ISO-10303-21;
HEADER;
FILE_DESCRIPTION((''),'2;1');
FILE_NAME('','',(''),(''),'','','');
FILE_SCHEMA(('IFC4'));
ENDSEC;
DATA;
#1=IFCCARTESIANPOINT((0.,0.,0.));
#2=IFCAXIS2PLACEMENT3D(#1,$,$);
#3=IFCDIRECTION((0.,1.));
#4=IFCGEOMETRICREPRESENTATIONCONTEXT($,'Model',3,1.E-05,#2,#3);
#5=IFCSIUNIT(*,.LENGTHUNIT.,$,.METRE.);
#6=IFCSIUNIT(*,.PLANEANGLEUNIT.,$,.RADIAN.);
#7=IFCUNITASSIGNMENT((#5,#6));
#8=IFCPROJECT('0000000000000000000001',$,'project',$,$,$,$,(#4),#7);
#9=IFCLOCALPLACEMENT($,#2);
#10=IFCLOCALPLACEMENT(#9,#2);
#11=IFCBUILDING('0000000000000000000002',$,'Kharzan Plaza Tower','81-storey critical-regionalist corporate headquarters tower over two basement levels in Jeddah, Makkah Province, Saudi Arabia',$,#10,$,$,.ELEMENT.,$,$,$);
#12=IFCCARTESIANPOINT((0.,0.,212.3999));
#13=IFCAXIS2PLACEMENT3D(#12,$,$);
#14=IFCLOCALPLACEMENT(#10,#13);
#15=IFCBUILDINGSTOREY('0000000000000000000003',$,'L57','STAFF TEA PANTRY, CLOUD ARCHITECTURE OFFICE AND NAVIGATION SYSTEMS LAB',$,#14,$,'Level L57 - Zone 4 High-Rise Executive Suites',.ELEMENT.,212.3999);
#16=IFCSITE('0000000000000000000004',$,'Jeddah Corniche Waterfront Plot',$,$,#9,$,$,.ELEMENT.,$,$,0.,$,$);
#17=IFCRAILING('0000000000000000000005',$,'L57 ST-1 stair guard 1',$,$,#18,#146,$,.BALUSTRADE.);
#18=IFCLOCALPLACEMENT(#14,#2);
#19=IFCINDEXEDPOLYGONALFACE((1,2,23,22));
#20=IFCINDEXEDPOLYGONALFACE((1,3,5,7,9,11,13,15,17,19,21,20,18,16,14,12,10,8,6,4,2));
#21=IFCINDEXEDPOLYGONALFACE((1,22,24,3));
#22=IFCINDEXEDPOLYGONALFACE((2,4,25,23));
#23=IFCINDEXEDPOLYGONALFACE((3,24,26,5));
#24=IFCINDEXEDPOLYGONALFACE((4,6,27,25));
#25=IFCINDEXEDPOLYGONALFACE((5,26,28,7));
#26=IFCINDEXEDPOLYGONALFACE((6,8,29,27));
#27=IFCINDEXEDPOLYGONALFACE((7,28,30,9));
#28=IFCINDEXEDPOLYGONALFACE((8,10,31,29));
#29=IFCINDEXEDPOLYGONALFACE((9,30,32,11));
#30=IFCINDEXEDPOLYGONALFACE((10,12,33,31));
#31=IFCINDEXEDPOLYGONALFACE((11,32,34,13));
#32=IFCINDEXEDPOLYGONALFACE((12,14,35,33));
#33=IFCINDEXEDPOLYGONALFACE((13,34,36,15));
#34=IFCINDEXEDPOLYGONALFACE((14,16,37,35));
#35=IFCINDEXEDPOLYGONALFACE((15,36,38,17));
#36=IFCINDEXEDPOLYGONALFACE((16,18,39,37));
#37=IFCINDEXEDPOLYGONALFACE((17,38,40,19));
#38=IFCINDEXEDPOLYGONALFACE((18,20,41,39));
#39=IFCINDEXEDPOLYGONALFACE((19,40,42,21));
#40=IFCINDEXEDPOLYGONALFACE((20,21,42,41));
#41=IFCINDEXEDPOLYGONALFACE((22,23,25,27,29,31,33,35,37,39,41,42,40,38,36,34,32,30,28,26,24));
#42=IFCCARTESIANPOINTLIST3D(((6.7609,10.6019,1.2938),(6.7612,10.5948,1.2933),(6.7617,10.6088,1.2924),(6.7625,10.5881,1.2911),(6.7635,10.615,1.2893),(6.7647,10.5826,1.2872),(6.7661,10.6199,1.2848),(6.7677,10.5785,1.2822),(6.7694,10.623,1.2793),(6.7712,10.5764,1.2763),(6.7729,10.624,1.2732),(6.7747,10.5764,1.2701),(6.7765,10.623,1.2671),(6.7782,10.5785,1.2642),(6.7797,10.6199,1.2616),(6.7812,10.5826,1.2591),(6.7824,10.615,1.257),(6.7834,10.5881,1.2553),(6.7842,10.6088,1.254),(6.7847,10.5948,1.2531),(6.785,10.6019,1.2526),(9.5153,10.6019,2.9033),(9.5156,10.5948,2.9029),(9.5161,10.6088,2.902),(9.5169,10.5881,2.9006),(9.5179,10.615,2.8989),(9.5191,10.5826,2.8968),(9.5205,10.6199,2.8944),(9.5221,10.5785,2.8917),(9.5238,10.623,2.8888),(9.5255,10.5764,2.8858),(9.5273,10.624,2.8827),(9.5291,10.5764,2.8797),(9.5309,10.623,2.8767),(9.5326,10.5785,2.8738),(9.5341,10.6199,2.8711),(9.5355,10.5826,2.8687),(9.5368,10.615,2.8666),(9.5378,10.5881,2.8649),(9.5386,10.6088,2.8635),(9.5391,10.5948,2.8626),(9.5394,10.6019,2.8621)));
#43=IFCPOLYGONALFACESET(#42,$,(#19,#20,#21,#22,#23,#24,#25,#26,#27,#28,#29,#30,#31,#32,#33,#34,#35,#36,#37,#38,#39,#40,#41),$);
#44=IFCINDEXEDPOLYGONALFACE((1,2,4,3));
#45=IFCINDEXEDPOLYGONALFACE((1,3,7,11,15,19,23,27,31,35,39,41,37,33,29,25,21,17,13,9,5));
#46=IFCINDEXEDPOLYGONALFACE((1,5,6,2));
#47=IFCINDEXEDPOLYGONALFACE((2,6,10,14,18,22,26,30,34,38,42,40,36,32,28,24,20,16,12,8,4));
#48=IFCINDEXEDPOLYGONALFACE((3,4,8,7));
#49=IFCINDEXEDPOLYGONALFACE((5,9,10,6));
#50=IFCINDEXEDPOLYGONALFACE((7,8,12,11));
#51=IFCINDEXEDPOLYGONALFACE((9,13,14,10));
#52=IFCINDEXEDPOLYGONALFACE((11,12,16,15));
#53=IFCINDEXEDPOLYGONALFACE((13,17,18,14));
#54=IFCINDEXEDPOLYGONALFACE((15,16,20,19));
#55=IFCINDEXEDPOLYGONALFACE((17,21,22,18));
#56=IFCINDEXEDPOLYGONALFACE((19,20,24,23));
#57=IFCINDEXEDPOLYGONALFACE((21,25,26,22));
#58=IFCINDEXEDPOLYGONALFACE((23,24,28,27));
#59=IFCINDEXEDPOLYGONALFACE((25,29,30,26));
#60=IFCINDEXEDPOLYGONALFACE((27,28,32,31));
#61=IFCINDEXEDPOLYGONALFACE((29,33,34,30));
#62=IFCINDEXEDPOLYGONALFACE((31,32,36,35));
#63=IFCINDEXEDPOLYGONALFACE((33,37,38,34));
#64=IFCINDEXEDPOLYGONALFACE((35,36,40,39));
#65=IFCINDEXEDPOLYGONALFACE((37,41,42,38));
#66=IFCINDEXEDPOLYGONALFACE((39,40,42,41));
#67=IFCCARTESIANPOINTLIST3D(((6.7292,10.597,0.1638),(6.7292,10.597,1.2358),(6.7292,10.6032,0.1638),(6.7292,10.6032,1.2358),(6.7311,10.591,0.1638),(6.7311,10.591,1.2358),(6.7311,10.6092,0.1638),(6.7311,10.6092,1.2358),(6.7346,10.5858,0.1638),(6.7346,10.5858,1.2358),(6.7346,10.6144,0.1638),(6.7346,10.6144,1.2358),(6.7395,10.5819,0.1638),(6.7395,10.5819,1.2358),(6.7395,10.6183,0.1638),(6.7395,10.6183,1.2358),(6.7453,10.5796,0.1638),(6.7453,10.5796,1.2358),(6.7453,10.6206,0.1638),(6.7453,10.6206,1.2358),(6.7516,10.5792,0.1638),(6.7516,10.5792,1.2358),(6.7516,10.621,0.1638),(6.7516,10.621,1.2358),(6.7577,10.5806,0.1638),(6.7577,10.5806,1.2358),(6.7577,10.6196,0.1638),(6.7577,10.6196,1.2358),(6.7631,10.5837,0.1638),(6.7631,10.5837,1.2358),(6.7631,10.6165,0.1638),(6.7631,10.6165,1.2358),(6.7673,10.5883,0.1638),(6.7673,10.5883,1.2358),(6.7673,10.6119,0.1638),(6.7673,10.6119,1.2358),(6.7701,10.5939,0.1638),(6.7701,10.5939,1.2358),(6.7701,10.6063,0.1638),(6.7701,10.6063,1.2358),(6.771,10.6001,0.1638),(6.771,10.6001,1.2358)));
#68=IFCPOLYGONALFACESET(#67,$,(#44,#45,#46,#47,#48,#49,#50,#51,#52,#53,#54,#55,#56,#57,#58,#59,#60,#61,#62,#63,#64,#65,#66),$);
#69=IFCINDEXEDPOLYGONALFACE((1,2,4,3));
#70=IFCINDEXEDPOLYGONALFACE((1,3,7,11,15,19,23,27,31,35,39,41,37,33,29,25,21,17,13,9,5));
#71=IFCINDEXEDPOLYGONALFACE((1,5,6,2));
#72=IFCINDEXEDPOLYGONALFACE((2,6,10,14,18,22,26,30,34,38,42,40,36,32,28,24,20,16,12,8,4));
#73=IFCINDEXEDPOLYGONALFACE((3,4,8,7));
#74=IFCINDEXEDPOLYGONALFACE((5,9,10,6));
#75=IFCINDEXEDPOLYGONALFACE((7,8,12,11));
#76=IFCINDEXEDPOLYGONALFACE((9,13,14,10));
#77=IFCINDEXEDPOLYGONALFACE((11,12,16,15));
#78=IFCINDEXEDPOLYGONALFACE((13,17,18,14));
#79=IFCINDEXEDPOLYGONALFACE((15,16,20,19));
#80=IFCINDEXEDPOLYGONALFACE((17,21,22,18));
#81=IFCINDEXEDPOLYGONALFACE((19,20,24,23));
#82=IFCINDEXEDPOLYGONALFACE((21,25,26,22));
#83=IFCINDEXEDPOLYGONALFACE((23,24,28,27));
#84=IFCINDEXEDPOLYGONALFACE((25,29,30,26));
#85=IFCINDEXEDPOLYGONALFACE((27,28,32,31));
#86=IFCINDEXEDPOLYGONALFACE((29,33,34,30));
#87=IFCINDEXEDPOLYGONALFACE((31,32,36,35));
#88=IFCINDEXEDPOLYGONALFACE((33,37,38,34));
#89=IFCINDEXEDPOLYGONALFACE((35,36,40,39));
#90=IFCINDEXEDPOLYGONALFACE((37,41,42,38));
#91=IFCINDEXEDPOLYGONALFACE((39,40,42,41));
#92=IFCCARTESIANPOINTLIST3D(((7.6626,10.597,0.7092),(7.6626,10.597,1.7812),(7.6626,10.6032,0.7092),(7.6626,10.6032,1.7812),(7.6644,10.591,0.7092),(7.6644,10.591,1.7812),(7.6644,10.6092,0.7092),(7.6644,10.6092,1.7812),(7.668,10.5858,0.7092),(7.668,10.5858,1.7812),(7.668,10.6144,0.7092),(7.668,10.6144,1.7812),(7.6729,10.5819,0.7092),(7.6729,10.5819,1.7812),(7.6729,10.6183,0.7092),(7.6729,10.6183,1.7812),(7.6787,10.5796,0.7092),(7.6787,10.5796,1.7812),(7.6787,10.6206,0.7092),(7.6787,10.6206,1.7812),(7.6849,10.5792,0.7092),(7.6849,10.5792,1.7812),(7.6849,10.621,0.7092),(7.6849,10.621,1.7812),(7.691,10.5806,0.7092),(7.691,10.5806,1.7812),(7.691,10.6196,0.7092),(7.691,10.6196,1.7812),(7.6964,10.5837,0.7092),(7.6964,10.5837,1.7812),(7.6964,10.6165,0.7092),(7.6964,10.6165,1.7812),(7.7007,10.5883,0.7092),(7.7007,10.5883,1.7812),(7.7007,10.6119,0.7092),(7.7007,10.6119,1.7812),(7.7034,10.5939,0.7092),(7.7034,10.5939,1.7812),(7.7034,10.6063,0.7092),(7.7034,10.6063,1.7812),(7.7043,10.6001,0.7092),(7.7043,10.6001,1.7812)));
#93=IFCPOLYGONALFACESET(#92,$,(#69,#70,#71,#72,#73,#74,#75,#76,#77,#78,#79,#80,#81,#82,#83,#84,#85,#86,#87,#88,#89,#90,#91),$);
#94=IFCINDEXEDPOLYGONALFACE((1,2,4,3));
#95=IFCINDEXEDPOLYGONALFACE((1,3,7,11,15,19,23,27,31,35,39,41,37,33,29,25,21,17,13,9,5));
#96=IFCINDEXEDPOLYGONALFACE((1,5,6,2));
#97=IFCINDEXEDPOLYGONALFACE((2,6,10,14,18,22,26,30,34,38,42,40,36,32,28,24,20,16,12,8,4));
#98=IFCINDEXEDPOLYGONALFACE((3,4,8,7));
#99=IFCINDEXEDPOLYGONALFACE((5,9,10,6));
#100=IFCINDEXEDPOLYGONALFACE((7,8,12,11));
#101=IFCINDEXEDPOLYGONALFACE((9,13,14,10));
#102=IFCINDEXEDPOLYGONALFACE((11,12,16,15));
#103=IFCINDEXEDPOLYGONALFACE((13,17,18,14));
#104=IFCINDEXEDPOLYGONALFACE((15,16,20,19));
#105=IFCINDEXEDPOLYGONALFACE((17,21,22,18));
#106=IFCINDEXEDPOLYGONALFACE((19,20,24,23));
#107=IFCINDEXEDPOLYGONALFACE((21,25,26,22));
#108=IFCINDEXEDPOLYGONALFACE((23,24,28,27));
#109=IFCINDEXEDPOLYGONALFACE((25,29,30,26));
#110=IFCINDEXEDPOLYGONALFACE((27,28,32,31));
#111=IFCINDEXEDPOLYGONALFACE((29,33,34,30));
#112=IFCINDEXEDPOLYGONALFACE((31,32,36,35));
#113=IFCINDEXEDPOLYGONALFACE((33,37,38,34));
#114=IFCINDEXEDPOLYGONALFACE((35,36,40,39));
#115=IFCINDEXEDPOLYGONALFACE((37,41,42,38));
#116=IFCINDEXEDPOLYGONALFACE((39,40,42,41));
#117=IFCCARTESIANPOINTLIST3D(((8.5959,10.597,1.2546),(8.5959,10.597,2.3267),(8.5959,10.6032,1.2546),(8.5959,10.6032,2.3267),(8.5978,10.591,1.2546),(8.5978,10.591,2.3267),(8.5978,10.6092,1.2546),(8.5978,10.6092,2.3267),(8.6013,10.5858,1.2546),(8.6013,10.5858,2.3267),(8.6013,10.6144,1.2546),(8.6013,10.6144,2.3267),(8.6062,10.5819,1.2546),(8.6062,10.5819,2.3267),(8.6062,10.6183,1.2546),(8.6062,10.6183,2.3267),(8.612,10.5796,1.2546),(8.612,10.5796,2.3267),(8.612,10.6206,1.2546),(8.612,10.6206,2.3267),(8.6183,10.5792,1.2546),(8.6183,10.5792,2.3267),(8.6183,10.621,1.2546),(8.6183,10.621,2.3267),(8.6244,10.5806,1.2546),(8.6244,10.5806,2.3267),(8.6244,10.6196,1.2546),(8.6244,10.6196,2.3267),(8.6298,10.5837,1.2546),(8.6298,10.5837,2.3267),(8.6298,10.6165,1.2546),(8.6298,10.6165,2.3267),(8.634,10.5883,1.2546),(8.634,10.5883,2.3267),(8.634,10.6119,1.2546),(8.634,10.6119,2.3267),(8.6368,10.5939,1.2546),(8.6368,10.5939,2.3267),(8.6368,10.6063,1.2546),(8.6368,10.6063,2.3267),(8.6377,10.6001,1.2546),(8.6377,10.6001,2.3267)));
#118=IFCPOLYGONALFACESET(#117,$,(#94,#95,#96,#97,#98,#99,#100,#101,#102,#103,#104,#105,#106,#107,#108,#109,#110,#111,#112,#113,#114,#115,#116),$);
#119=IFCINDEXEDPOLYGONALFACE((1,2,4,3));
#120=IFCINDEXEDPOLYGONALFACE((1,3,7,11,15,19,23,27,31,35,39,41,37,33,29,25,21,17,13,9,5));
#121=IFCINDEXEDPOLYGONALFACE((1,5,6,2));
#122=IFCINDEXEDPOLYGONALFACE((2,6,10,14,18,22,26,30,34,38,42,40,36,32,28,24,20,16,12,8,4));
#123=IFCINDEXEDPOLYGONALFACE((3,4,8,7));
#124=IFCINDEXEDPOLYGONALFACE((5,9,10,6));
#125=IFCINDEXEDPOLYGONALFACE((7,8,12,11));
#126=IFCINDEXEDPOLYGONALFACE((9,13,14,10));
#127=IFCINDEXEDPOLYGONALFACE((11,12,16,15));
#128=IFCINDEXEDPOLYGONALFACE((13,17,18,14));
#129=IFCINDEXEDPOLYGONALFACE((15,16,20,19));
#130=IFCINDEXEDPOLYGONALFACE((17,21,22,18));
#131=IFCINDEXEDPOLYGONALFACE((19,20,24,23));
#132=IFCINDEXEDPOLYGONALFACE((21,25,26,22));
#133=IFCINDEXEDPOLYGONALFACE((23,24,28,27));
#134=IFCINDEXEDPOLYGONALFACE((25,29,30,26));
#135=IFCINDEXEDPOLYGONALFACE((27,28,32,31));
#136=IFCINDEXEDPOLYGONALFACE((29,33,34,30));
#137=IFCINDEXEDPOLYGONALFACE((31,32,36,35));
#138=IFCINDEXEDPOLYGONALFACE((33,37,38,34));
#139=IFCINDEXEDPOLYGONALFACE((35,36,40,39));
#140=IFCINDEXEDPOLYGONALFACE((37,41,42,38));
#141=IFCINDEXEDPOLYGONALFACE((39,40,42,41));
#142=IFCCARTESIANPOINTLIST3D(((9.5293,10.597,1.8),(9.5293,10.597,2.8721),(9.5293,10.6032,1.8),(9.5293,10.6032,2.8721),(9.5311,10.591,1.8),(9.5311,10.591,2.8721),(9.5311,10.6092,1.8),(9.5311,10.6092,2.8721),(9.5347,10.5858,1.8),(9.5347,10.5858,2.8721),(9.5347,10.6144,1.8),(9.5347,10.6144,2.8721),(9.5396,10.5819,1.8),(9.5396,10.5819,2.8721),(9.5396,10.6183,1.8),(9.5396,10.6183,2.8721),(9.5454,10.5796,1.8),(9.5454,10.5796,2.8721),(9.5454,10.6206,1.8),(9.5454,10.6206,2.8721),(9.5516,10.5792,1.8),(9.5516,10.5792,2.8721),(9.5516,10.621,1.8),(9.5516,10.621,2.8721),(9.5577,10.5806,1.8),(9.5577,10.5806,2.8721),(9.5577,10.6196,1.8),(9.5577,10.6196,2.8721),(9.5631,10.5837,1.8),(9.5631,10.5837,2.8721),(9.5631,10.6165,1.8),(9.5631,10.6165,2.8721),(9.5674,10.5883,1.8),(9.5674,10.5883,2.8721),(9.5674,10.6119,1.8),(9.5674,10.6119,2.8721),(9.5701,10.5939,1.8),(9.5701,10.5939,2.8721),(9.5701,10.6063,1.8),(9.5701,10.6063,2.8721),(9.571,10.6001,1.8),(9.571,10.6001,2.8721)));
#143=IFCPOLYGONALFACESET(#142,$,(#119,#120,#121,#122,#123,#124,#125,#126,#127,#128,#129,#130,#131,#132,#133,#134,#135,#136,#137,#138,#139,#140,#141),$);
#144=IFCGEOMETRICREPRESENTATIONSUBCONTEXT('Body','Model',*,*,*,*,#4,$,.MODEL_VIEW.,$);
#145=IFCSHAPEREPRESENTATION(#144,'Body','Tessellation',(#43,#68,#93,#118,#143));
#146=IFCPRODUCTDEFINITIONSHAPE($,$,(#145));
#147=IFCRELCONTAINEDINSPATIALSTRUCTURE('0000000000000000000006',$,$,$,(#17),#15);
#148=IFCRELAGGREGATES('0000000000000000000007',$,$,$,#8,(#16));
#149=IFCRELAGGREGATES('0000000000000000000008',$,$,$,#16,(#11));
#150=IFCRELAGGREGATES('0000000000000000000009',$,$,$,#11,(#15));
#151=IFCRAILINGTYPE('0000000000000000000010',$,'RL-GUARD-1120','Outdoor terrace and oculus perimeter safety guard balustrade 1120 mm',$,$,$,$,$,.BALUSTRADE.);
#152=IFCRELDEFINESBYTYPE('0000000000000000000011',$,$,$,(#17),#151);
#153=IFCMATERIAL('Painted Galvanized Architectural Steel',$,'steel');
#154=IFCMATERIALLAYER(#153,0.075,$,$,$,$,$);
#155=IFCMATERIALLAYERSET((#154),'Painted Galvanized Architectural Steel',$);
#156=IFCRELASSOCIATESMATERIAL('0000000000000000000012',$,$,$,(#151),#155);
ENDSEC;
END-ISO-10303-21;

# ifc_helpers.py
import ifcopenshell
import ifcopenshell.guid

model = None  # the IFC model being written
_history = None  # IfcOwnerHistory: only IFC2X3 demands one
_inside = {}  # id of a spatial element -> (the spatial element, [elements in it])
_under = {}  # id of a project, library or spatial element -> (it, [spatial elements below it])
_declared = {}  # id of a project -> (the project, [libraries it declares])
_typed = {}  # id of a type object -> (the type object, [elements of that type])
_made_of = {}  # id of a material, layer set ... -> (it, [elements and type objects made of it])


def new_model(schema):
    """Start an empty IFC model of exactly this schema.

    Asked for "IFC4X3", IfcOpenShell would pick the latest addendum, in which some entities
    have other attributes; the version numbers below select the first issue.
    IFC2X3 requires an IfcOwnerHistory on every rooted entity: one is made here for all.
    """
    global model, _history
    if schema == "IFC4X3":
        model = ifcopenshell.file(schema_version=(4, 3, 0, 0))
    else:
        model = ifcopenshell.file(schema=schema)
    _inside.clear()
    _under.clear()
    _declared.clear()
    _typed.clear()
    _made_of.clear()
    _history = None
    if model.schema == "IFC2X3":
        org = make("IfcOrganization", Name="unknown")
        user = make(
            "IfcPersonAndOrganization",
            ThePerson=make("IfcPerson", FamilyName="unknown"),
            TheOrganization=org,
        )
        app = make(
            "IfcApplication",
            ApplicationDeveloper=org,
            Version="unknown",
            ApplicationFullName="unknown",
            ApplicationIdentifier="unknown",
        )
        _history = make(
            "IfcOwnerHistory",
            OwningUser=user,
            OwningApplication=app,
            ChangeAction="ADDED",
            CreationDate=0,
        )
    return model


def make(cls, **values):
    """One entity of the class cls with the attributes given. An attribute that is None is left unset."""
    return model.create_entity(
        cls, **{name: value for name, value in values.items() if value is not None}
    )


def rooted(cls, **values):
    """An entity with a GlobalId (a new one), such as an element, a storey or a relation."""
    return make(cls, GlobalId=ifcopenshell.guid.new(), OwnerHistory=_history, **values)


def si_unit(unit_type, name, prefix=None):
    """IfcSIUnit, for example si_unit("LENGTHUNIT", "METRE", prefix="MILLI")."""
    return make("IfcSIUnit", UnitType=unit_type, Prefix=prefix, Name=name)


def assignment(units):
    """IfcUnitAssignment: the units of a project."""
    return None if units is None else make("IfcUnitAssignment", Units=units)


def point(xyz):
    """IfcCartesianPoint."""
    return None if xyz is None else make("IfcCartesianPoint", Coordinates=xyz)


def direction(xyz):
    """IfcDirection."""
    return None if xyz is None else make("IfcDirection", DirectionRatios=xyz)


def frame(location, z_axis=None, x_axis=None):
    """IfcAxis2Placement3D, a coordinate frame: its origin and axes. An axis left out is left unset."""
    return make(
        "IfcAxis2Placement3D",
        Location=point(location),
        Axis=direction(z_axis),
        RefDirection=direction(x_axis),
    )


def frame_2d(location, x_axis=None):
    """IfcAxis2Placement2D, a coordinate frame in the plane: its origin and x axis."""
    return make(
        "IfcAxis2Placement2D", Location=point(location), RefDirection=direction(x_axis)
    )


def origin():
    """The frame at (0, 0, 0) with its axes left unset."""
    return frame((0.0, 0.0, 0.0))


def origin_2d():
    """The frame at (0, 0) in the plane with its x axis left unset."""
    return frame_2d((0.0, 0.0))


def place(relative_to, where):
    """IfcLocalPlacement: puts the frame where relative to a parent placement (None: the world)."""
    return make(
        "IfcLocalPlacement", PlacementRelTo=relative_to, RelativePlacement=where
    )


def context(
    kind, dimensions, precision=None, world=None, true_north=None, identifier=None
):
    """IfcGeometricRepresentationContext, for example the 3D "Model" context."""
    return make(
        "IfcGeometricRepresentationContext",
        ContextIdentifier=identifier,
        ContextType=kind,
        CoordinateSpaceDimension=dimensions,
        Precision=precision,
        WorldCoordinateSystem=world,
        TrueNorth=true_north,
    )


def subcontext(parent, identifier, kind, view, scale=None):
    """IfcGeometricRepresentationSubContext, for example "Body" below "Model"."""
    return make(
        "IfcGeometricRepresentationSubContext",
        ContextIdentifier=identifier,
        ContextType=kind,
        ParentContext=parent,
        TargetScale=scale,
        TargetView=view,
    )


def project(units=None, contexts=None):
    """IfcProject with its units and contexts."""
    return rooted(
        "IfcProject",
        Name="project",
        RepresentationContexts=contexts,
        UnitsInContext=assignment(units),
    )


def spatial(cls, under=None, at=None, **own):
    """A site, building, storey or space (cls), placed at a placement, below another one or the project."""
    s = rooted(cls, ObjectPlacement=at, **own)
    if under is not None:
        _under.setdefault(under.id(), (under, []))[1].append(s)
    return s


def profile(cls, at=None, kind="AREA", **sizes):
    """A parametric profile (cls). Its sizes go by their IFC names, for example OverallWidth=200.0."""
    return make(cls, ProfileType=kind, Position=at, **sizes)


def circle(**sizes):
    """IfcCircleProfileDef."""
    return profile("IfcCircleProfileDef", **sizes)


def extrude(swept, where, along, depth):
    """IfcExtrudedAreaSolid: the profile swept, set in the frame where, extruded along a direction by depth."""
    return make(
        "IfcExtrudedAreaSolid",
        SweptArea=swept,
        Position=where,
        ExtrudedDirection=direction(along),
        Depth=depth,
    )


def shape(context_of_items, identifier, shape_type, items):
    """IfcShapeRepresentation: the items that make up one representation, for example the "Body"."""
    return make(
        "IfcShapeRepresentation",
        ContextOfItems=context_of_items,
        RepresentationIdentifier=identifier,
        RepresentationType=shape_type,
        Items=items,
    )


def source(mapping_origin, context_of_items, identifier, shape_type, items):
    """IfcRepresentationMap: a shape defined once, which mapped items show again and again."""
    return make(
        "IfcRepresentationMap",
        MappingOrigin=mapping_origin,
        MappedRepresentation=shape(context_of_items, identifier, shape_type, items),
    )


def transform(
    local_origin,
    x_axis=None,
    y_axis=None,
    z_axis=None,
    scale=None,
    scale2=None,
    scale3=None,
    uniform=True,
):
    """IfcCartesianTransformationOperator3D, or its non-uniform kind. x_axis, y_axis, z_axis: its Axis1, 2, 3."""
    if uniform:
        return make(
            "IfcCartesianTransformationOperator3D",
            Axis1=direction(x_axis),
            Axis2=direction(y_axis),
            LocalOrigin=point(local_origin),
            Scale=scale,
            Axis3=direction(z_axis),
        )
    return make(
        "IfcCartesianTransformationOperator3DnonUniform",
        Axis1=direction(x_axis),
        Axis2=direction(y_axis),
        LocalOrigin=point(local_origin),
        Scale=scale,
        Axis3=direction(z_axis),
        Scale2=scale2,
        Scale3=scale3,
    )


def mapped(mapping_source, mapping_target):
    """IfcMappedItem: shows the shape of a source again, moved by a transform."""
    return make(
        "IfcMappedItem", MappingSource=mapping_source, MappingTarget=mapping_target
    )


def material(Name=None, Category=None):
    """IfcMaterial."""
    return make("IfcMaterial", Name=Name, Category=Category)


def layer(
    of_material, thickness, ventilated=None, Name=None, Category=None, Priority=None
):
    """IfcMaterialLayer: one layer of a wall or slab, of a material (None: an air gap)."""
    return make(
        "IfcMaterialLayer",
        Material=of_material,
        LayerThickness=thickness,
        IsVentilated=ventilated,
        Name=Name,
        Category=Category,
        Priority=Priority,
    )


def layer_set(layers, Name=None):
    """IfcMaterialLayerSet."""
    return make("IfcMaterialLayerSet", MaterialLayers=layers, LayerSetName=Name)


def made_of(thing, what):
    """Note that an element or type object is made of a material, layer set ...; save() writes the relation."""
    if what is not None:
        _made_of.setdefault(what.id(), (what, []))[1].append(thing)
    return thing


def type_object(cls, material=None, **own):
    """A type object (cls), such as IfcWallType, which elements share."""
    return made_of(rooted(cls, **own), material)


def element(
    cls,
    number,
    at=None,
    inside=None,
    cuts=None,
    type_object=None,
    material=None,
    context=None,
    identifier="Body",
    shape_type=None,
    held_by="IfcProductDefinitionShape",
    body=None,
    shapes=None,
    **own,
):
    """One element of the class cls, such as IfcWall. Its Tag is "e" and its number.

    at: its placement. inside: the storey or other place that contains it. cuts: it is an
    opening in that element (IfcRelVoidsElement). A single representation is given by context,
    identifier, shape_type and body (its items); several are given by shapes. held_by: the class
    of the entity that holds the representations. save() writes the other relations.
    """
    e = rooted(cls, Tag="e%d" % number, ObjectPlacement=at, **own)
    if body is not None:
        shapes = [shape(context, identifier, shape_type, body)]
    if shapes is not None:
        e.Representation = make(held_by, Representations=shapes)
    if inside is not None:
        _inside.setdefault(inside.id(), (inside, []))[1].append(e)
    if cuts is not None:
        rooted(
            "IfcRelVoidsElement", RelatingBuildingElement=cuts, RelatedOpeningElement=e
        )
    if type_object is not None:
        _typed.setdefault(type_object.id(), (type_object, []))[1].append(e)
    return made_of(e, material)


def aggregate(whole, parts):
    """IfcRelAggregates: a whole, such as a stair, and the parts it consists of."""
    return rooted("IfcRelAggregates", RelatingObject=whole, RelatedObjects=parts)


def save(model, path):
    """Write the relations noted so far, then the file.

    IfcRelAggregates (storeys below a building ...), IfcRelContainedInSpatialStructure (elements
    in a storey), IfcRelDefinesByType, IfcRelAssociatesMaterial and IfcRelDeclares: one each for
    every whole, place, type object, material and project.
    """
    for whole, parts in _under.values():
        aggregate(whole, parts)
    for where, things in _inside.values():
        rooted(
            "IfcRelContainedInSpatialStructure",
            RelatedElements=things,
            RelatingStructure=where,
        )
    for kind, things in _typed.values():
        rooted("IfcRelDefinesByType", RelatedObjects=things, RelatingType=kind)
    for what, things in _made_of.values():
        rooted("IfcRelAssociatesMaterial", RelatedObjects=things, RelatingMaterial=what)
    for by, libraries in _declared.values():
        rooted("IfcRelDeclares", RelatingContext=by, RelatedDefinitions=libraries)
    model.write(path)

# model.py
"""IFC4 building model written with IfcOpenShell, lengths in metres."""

from ifc_helpers import new_model, si_unit, direction, frame, origin, origin_2d, place, context, subcontext, project, spatial, circle, extrude, source, transform, mapped, material, layer, layer_set, type_object, element, save


model = new_model("IFC4")

# Units and contexts
model_context = context("Model", 3, precision=1e-05, world=origin(), true_north=direction((0.0, 1.0)))
body_context = subcontext(model_context, "Body", "Model", "MODEL_VIEW")
ifc_project = project(units=[si_unit("LENGTHUNIT", "METRE"), si_unit("PLANEANGLEUNIT", "RADIAN")], contexts=[model_context])

# Site, building, storey
site_placement = place(None, origin())
site = spatial("IfcSite", under=ifc_project, at=site_placement, Name="Jeddah Corniche Waterfront Plot", CompositionType="ELEMENT", RefElevation=0.0)
building_placement = place(site_placement, origin())
building = spatial("IfcBuilding", under=site, at=building_placement, Name="Kharzan Plaza Tower", Description="81-storey critical-regionalist corporate headquarters tower over two basement levels in Jeddah, Makkah Province, Saudi Arabia", CompositionType="ELEMENT")
storey_placement = place(building_placement, frame((0.0, 0.0, 212.3999)))
storey = spatial("IfcBuildingStorey", under=building, at=storey_placement, Name="L57", Description="STAFF TEA PANTRY, CLOUD ARCHITECTURE OFFICE AND NAVIGATION SYSTEMS LAB", LongName="Level L57 - Zone 4 High-Rise Executive Suites", CompositionType="ELEMENT", Elevation=212.3999)

# Shared definitions
ifc_material_1 = material(Name="Painted Galvanized Architectural Steel", Category="steel")
ifc_layer_1 = layer(ifc_material_1, 0.075)
ifc_layer_set_1 = layer_set([ifc_layer_1], Name="Painted Galvanized Architectural Steel")
railing_type_1 = type_object("IfcRailingType", Name="RL-GUARD-1120", Description="Outdoor terrace and oculus perimeter safety guard balustrade 1120 mm", PredefinedType="BALUSTRADE", material=ifc_layer_set_1)

# Railing
shared_shape_1 = source(origin(), body_context, "Body", "SweptSolid", [
    extrude(circle(Radius=0.0239, at=origin_2d()), frame((0.0229, 0.0, 1.1094), z_axis=(0.863394, 0.0, 0.504531), x_axis=(0.0, 1.0, 0.0)), (0.0, 0.0, 1.0), 3.1902),
    extrude(circle(Radius=0.021, at=origin_2d()), origin(), (0.0, 0.0, 1.0), 1.072),
    extrude(circle(Radius=0.021, at=origin_2d()), frame((0.9333, 0.0, 0.5454)), (0.0, 0.0, 1.0), 1.072),
    extrude(circle(Radius=0.021, at=origin_2d()), frame((1.8667, 0.0, 1.0908)), (0.0, 0.0, 1.0), 1.072),
    extrude(circle(Radius=0.021, at=origin_2d()), frame((2.8, 0.0, 1.6362)), (0.0, 0.0, 1.0), 1.072),
])
railing_1_placement = place(storey_placement, frame((6.75, 10.6001, 0.1638)))
element("IfcRailing", 1, at=railing_1_placement, inside=storey, type_object=railing_type_1, Name="L57 ST-1 stair guard 1", PredefinedType="BALUSTRADE", context=body_context, shape_type="MappedRepresentation", body=[
    mapped(shared_shape_1, transform((0.0, 0.0, 0.0), x_axis=(1.0, 0.0, 0.0), y_axis=(0.0, 1.0, 0.0), z_axis=(0.0, 0.0, 1.0))),
])

save(model, "model.ifc")
